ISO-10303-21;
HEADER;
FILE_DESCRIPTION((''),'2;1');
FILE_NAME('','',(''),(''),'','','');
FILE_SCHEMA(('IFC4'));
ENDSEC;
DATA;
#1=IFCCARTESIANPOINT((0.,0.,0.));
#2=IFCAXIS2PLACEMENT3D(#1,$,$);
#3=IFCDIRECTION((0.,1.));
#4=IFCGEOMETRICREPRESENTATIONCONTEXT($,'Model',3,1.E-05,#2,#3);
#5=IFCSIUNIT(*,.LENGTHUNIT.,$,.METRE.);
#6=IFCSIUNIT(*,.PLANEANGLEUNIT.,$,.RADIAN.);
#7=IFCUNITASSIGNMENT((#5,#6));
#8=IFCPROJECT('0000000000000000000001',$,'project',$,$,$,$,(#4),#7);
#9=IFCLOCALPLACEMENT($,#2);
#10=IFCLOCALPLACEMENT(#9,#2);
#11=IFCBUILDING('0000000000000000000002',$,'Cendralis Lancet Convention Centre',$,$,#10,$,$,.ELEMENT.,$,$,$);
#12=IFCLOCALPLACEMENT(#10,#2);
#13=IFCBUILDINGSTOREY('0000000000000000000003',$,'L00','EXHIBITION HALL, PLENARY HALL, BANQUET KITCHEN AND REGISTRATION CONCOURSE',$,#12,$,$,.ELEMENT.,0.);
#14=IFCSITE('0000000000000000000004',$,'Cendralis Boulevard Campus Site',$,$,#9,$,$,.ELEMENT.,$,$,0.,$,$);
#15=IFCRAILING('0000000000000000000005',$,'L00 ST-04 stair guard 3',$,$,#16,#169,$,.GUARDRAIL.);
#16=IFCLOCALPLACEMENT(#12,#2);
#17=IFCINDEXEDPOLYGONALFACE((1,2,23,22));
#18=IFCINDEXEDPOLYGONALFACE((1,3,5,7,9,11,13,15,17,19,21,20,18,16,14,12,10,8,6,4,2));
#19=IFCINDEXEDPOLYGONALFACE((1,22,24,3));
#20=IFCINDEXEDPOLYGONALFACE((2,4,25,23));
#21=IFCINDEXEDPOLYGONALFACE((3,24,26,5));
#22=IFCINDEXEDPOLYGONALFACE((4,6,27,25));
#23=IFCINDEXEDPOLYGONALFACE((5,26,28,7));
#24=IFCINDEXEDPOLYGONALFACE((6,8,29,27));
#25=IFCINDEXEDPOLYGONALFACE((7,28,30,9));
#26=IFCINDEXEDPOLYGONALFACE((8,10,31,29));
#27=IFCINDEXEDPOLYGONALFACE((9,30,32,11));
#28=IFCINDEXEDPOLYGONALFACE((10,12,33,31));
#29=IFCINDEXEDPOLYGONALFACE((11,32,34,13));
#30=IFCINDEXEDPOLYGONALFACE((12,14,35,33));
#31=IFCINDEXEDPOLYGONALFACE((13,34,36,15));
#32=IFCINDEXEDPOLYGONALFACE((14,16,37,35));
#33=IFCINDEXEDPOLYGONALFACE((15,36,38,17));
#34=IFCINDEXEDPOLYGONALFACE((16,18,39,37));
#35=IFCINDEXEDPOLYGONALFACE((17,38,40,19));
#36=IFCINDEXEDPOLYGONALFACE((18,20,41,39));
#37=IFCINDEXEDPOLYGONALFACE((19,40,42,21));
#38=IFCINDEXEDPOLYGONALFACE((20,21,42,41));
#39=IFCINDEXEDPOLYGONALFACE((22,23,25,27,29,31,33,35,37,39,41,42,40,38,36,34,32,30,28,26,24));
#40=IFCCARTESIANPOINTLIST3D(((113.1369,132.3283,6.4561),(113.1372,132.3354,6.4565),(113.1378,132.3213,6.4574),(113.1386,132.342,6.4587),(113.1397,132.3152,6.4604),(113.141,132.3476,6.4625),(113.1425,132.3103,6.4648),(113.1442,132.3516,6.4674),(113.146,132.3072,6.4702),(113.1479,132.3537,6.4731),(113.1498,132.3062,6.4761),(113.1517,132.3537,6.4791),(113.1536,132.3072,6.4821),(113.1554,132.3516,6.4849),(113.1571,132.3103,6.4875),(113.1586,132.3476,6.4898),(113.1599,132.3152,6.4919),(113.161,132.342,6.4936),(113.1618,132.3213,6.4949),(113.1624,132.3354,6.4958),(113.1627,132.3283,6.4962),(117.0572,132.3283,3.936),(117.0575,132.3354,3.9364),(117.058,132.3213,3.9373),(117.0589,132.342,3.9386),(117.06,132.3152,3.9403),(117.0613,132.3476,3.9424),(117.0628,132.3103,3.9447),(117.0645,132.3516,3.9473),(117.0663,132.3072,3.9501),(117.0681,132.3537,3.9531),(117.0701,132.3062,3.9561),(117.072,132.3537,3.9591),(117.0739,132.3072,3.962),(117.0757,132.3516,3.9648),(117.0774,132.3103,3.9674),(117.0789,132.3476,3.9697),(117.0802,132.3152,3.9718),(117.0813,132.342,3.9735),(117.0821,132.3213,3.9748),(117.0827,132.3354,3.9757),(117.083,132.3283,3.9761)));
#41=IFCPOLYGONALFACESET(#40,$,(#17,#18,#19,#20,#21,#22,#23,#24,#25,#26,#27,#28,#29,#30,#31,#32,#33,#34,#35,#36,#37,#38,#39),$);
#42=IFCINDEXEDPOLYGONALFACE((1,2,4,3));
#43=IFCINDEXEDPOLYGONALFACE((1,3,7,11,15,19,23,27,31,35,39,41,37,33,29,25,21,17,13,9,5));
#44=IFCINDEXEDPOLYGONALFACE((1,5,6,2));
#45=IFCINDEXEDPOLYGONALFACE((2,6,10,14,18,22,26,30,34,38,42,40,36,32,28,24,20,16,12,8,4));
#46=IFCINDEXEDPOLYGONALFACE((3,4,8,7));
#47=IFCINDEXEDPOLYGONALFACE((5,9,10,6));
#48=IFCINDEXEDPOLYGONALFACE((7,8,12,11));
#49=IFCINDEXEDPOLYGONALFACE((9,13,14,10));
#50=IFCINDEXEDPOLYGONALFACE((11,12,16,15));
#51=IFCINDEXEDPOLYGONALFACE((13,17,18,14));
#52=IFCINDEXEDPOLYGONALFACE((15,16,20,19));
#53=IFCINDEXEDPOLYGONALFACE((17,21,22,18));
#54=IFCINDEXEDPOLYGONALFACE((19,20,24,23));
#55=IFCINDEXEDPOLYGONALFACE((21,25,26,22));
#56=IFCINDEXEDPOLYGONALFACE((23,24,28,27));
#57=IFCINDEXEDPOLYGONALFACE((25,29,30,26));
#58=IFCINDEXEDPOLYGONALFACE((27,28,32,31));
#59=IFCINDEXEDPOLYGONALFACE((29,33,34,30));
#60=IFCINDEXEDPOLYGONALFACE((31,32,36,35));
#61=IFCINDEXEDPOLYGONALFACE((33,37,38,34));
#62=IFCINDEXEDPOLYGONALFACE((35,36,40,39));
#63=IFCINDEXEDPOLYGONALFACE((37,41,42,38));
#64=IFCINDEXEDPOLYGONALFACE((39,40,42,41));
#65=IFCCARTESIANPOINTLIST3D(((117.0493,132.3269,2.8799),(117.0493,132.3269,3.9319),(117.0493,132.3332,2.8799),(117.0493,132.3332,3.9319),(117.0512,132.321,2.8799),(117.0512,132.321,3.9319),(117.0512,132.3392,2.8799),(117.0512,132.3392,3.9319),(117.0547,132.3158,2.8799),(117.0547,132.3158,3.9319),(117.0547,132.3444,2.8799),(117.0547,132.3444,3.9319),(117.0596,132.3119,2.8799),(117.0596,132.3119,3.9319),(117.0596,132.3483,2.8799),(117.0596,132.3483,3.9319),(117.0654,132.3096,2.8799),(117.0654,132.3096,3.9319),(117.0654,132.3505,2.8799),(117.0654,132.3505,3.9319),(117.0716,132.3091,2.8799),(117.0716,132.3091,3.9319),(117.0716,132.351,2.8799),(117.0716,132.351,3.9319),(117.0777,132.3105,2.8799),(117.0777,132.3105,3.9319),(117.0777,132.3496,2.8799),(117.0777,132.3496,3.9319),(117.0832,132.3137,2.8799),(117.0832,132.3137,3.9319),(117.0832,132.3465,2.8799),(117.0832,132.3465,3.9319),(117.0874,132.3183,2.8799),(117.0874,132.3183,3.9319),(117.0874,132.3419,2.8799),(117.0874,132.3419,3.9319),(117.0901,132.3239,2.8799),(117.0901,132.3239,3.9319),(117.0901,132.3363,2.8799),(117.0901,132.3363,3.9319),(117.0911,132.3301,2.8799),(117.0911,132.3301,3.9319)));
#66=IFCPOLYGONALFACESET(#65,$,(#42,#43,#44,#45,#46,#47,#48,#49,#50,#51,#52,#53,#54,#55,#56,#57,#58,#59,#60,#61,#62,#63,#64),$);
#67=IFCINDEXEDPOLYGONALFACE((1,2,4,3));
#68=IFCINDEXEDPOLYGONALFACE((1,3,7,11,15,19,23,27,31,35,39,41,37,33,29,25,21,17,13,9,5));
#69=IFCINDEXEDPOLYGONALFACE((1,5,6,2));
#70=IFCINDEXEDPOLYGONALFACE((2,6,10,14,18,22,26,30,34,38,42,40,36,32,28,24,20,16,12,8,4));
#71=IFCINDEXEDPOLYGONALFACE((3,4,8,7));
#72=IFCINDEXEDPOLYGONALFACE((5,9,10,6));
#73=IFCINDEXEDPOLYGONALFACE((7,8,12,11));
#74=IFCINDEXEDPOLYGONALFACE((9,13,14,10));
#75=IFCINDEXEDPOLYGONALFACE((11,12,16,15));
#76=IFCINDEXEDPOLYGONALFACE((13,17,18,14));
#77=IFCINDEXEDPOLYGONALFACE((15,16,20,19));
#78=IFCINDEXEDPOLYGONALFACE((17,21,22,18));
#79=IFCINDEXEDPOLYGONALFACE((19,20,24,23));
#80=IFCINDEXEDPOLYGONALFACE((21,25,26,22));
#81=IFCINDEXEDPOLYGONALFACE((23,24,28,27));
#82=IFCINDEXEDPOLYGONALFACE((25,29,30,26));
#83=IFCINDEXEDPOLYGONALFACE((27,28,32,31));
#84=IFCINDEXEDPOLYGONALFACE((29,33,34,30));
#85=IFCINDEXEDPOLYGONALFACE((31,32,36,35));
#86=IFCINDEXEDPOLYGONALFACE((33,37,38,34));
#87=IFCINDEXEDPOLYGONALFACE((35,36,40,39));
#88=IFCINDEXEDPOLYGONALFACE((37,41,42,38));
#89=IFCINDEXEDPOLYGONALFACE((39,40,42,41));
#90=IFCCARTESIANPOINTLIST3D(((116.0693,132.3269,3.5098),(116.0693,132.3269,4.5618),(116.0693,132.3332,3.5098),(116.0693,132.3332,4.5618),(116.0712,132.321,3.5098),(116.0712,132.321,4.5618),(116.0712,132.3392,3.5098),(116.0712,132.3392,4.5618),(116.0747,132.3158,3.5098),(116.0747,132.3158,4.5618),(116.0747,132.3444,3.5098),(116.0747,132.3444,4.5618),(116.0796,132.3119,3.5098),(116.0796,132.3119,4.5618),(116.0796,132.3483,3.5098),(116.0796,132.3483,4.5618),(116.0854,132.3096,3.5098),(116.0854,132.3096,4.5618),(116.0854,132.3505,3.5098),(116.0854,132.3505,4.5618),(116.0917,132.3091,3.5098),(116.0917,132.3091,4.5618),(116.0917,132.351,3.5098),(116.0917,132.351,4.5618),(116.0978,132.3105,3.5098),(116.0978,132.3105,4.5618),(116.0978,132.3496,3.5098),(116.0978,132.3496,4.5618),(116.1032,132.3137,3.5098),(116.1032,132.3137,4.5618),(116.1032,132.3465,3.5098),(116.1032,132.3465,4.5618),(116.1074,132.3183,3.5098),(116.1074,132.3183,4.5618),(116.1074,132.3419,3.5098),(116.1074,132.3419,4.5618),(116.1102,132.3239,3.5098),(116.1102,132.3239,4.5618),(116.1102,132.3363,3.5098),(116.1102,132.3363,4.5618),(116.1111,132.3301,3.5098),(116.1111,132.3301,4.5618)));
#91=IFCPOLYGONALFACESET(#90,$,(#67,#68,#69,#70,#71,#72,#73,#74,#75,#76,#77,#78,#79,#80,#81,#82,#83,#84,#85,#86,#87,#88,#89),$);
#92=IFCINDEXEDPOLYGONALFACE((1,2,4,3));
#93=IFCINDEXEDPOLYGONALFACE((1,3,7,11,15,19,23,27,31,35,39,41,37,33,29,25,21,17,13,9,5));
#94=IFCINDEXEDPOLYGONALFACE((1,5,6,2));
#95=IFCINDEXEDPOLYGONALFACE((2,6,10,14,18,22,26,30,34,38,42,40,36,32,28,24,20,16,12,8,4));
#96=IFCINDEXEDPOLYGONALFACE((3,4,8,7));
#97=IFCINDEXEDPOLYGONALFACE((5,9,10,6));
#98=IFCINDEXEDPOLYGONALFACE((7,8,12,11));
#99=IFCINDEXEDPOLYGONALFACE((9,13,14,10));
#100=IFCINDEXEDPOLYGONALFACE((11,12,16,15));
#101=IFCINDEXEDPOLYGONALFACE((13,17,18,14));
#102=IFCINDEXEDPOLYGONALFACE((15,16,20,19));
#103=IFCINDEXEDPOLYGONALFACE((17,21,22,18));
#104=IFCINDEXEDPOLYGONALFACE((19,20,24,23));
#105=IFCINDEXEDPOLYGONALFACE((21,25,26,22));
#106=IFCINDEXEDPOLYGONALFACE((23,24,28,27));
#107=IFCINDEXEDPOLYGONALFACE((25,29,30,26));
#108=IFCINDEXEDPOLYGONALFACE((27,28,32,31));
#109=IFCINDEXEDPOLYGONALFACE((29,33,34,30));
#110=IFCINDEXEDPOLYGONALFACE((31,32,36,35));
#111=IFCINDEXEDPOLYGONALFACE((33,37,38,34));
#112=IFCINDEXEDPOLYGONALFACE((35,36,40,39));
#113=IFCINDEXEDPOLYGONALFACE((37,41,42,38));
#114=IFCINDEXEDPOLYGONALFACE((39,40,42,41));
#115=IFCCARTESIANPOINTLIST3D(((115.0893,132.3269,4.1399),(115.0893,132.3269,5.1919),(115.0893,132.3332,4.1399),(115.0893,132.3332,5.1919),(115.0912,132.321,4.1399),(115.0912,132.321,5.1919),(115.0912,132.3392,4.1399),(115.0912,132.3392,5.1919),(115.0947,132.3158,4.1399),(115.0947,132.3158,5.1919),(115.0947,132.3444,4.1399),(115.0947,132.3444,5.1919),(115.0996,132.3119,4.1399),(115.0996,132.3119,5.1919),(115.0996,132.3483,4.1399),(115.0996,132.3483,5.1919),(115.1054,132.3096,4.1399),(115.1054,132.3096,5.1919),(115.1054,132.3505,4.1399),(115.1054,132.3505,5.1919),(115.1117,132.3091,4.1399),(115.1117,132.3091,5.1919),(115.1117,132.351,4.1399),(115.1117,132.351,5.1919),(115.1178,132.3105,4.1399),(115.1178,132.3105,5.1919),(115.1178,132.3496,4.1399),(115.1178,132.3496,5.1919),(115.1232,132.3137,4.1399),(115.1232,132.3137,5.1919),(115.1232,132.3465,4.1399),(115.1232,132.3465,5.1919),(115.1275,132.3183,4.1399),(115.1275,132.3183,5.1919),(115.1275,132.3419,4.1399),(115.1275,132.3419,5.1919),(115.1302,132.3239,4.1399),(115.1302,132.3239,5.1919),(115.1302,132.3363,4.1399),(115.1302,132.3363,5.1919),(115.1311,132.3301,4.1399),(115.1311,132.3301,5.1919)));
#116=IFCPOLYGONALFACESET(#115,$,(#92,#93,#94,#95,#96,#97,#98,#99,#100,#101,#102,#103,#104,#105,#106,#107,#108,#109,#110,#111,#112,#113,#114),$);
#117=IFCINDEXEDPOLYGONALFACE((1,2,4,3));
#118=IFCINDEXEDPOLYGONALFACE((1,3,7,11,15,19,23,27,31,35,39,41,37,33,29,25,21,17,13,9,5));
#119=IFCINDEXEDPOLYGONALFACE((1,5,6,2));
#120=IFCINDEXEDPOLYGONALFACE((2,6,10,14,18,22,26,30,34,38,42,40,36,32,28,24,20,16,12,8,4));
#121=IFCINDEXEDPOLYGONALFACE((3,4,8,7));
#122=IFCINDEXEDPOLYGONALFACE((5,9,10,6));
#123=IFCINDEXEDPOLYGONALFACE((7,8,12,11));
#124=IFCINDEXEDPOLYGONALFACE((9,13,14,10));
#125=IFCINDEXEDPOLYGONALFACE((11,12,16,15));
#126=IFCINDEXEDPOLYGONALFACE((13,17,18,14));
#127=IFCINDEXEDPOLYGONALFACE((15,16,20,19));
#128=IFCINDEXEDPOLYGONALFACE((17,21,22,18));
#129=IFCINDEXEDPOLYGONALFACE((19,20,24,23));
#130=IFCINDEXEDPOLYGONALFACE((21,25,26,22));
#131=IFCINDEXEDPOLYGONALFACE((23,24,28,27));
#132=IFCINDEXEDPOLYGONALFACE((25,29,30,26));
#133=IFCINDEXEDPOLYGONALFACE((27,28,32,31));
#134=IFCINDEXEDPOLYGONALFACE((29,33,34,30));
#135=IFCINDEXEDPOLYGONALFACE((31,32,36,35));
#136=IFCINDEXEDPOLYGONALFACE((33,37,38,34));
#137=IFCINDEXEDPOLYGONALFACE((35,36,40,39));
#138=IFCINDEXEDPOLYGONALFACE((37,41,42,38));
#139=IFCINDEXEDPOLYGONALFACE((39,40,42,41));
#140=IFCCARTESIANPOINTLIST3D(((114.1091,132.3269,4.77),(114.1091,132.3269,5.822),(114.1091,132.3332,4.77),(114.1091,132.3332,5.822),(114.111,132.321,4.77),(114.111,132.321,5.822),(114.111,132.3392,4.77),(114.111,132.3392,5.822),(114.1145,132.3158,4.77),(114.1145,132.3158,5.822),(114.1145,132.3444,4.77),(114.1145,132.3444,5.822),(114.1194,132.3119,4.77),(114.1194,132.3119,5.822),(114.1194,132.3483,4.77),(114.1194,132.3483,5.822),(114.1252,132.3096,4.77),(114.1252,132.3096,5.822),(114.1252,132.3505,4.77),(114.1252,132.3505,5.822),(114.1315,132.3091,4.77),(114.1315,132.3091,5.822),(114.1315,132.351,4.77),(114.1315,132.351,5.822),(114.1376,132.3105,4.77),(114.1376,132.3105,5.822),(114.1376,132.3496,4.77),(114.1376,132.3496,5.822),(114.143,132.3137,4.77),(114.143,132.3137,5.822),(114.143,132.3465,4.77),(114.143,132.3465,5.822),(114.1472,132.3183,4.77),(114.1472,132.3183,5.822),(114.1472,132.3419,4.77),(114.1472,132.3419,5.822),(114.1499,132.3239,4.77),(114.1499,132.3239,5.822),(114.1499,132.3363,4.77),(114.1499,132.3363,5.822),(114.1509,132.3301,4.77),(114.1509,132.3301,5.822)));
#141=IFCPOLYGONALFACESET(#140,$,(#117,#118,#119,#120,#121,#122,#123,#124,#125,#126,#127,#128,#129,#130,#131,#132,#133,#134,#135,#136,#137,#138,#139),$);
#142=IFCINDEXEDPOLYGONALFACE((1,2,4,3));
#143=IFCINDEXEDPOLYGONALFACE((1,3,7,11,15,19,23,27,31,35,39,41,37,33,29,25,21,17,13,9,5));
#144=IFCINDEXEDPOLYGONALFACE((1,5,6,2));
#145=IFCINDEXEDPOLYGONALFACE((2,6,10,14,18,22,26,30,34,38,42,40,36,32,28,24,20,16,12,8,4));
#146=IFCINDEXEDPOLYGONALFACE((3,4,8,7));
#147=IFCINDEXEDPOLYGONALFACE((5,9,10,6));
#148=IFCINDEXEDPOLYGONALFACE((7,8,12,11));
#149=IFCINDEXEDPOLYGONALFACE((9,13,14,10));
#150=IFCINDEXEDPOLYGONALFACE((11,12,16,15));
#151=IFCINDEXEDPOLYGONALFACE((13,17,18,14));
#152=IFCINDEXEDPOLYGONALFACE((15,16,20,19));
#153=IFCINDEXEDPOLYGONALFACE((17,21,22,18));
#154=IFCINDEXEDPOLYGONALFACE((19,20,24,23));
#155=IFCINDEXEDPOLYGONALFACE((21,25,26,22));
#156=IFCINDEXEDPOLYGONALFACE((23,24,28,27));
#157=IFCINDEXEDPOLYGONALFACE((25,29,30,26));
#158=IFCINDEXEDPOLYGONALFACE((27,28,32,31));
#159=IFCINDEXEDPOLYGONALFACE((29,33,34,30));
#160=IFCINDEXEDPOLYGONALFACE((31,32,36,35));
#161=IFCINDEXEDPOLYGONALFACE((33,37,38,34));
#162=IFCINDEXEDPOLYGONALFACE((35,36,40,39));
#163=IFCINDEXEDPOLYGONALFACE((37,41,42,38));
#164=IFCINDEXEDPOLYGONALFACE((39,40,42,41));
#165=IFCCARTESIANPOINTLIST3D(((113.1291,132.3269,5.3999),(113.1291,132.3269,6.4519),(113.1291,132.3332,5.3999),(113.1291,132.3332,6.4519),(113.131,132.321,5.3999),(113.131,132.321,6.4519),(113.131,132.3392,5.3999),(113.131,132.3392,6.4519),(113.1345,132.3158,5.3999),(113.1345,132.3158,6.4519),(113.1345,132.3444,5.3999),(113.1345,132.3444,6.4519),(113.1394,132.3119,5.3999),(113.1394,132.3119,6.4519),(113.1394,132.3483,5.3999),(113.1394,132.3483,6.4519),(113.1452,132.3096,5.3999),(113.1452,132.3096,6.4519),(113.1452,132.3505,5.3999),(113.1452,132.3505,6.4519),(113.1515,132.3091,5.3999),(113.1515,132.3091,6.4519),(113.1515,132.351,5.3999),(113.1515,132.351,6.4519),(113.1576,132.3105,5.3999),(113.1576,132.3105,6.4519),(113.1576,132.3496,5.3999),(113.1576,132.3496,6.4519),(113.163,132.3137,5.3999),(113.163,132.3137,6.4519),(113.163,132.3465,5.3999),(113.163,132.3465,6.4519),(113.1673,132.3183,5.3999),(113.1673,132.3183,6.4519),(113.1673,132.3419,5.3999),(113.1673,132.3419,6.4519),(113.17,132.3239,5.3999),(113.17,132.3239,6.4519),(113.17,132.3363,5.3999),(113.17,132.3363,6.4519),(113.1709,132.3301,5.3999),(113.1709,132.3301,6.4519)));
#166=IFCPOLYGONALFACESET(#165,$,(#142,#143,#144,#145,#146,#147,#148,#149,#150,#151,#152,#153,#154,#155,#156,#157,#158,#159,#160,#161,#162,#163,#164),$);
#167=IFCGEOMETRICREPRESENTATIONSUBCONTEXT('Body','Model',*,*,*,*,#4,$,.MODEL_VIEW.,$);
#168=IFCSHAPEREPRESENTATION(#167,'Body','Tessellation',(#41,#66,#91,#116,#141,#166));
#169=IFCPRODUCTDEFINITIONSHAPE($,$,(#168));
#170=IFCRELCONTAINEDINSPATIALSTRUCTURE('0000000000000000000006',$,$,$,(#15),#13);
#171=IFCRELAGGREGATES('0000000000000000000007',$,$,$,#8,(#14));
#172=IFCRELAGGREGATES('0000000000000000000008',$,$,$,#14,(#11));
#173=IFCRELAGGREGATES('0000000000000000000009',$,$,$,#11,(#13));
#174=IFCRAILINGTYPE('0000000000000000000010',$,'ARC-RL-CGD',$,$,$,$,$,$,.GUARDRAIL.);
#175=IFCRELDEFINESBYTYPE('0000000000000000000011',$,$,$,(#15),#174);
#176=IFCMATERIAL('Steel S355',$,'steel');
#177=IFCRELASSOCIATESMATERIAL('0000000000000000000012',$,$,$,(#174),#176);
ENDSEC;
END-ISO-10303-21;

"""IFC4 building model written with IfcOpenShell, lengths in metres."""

from ifc_helpers import new_model, si_unit, direction, frame, origin, origin_2d, place, context, subcontext, project, spatial, circle, extrude, material, type_object, element, save


model = new_model("IFC4")

# Units and contexts
model_context = context("Model", 3, precision=1e-05, world=origin(), true_north=direction((0.0, 1.0)))
body_context = subcontext(model_context, "Body", "Model", "MODEL_VIEW")
ifc_project = project(units=[si_unit("LENGTHUNIT", "METRE"), si_unit("PLANEANGLEUNIT", "RADIAN")], contexts=[model_context])

# Site, building, storey
site_placement = place(None, origin())
site = spatial("IfcSite", under=ifc_project, at=site_placement, Name="Cendralis Boulevard Campus Site", CompositionType="ELEMENT", RefElevation=0.0)
building_placement = place(site_placement, origin())
building = spatial("IfcBuilding", under=site, at=building_placement, Name="Cendralis Lancet Convention Centre", CompositionType="ELEMENT")
storey_placement = place(building_placement, origin())
storey = spatial("IfcBuildingStorey", under=building, at=storey_placement, Name="L00", Description="EXHIBITION HALL, PLENARY HALL, BANQUET KITCHEN AND REGISTRATION CONCOURSE", CompositionType="ELEMENT", Elevation=0.0)

# Shared definitions
ifc_material_1 = material(Name="Steel S355", Category="steel")

# Railing
railing_type_1 = type_object("IfcRailingType", Name="ARC-RL-CGD", PredefinedType="GUARDRAIL", material=ifc_material_1)
railing_1_placement = place(storey_placement, frame((117.0701, 132.3301, 2.8799)))
element("IfcRailing", 1, at=railing_1_placement, inside=storey, type_object=railing_type_1, Name="L00 ST-04 stair guard 3", PredefinedType="GUARDRAIL", context=body_context, shape_type="SweptSolid", body=[
    extrude(circle(Radius=0.0239, at=origin_2d()), frame((0.0, 0.0, 1.0762), z_axis=(-0.841187, 0.0, 0.540744), x_axis=(0.0, -1.0, 0.0)), (0.0, 0.0, 1.0), 4.6604),
    extrude(circle(Radius=0.021, at=origin_2d()), origin(), (0.0, 0.0, 1.0), 1.052),
    extrude(circle(Radius=0.021, at=origin_2d()), frame((-0.98, 0.0, 0.6299)), (0.0, 0.0, 1.0), 1.052),
    extrude(circle(Radius=0.021, at=origin_2d()), frame((-1.96, 0.0, 1.26)), (0.0, 0.0, 1.0), 1.052),
    extrude(circle(Radius=0.021, at=origin_2d()), frame((-2.9402, 0.0, 1.8901)), (0.0, 0.0, 1.0), 1.052),
    extrude(circle(Radius=0.021, at=origin_2d()), frame((-3.9202, 0.0, 2.52)), (0.0, 0.0, 1.0), 1.052),
])

save(model, "model.ifc")
